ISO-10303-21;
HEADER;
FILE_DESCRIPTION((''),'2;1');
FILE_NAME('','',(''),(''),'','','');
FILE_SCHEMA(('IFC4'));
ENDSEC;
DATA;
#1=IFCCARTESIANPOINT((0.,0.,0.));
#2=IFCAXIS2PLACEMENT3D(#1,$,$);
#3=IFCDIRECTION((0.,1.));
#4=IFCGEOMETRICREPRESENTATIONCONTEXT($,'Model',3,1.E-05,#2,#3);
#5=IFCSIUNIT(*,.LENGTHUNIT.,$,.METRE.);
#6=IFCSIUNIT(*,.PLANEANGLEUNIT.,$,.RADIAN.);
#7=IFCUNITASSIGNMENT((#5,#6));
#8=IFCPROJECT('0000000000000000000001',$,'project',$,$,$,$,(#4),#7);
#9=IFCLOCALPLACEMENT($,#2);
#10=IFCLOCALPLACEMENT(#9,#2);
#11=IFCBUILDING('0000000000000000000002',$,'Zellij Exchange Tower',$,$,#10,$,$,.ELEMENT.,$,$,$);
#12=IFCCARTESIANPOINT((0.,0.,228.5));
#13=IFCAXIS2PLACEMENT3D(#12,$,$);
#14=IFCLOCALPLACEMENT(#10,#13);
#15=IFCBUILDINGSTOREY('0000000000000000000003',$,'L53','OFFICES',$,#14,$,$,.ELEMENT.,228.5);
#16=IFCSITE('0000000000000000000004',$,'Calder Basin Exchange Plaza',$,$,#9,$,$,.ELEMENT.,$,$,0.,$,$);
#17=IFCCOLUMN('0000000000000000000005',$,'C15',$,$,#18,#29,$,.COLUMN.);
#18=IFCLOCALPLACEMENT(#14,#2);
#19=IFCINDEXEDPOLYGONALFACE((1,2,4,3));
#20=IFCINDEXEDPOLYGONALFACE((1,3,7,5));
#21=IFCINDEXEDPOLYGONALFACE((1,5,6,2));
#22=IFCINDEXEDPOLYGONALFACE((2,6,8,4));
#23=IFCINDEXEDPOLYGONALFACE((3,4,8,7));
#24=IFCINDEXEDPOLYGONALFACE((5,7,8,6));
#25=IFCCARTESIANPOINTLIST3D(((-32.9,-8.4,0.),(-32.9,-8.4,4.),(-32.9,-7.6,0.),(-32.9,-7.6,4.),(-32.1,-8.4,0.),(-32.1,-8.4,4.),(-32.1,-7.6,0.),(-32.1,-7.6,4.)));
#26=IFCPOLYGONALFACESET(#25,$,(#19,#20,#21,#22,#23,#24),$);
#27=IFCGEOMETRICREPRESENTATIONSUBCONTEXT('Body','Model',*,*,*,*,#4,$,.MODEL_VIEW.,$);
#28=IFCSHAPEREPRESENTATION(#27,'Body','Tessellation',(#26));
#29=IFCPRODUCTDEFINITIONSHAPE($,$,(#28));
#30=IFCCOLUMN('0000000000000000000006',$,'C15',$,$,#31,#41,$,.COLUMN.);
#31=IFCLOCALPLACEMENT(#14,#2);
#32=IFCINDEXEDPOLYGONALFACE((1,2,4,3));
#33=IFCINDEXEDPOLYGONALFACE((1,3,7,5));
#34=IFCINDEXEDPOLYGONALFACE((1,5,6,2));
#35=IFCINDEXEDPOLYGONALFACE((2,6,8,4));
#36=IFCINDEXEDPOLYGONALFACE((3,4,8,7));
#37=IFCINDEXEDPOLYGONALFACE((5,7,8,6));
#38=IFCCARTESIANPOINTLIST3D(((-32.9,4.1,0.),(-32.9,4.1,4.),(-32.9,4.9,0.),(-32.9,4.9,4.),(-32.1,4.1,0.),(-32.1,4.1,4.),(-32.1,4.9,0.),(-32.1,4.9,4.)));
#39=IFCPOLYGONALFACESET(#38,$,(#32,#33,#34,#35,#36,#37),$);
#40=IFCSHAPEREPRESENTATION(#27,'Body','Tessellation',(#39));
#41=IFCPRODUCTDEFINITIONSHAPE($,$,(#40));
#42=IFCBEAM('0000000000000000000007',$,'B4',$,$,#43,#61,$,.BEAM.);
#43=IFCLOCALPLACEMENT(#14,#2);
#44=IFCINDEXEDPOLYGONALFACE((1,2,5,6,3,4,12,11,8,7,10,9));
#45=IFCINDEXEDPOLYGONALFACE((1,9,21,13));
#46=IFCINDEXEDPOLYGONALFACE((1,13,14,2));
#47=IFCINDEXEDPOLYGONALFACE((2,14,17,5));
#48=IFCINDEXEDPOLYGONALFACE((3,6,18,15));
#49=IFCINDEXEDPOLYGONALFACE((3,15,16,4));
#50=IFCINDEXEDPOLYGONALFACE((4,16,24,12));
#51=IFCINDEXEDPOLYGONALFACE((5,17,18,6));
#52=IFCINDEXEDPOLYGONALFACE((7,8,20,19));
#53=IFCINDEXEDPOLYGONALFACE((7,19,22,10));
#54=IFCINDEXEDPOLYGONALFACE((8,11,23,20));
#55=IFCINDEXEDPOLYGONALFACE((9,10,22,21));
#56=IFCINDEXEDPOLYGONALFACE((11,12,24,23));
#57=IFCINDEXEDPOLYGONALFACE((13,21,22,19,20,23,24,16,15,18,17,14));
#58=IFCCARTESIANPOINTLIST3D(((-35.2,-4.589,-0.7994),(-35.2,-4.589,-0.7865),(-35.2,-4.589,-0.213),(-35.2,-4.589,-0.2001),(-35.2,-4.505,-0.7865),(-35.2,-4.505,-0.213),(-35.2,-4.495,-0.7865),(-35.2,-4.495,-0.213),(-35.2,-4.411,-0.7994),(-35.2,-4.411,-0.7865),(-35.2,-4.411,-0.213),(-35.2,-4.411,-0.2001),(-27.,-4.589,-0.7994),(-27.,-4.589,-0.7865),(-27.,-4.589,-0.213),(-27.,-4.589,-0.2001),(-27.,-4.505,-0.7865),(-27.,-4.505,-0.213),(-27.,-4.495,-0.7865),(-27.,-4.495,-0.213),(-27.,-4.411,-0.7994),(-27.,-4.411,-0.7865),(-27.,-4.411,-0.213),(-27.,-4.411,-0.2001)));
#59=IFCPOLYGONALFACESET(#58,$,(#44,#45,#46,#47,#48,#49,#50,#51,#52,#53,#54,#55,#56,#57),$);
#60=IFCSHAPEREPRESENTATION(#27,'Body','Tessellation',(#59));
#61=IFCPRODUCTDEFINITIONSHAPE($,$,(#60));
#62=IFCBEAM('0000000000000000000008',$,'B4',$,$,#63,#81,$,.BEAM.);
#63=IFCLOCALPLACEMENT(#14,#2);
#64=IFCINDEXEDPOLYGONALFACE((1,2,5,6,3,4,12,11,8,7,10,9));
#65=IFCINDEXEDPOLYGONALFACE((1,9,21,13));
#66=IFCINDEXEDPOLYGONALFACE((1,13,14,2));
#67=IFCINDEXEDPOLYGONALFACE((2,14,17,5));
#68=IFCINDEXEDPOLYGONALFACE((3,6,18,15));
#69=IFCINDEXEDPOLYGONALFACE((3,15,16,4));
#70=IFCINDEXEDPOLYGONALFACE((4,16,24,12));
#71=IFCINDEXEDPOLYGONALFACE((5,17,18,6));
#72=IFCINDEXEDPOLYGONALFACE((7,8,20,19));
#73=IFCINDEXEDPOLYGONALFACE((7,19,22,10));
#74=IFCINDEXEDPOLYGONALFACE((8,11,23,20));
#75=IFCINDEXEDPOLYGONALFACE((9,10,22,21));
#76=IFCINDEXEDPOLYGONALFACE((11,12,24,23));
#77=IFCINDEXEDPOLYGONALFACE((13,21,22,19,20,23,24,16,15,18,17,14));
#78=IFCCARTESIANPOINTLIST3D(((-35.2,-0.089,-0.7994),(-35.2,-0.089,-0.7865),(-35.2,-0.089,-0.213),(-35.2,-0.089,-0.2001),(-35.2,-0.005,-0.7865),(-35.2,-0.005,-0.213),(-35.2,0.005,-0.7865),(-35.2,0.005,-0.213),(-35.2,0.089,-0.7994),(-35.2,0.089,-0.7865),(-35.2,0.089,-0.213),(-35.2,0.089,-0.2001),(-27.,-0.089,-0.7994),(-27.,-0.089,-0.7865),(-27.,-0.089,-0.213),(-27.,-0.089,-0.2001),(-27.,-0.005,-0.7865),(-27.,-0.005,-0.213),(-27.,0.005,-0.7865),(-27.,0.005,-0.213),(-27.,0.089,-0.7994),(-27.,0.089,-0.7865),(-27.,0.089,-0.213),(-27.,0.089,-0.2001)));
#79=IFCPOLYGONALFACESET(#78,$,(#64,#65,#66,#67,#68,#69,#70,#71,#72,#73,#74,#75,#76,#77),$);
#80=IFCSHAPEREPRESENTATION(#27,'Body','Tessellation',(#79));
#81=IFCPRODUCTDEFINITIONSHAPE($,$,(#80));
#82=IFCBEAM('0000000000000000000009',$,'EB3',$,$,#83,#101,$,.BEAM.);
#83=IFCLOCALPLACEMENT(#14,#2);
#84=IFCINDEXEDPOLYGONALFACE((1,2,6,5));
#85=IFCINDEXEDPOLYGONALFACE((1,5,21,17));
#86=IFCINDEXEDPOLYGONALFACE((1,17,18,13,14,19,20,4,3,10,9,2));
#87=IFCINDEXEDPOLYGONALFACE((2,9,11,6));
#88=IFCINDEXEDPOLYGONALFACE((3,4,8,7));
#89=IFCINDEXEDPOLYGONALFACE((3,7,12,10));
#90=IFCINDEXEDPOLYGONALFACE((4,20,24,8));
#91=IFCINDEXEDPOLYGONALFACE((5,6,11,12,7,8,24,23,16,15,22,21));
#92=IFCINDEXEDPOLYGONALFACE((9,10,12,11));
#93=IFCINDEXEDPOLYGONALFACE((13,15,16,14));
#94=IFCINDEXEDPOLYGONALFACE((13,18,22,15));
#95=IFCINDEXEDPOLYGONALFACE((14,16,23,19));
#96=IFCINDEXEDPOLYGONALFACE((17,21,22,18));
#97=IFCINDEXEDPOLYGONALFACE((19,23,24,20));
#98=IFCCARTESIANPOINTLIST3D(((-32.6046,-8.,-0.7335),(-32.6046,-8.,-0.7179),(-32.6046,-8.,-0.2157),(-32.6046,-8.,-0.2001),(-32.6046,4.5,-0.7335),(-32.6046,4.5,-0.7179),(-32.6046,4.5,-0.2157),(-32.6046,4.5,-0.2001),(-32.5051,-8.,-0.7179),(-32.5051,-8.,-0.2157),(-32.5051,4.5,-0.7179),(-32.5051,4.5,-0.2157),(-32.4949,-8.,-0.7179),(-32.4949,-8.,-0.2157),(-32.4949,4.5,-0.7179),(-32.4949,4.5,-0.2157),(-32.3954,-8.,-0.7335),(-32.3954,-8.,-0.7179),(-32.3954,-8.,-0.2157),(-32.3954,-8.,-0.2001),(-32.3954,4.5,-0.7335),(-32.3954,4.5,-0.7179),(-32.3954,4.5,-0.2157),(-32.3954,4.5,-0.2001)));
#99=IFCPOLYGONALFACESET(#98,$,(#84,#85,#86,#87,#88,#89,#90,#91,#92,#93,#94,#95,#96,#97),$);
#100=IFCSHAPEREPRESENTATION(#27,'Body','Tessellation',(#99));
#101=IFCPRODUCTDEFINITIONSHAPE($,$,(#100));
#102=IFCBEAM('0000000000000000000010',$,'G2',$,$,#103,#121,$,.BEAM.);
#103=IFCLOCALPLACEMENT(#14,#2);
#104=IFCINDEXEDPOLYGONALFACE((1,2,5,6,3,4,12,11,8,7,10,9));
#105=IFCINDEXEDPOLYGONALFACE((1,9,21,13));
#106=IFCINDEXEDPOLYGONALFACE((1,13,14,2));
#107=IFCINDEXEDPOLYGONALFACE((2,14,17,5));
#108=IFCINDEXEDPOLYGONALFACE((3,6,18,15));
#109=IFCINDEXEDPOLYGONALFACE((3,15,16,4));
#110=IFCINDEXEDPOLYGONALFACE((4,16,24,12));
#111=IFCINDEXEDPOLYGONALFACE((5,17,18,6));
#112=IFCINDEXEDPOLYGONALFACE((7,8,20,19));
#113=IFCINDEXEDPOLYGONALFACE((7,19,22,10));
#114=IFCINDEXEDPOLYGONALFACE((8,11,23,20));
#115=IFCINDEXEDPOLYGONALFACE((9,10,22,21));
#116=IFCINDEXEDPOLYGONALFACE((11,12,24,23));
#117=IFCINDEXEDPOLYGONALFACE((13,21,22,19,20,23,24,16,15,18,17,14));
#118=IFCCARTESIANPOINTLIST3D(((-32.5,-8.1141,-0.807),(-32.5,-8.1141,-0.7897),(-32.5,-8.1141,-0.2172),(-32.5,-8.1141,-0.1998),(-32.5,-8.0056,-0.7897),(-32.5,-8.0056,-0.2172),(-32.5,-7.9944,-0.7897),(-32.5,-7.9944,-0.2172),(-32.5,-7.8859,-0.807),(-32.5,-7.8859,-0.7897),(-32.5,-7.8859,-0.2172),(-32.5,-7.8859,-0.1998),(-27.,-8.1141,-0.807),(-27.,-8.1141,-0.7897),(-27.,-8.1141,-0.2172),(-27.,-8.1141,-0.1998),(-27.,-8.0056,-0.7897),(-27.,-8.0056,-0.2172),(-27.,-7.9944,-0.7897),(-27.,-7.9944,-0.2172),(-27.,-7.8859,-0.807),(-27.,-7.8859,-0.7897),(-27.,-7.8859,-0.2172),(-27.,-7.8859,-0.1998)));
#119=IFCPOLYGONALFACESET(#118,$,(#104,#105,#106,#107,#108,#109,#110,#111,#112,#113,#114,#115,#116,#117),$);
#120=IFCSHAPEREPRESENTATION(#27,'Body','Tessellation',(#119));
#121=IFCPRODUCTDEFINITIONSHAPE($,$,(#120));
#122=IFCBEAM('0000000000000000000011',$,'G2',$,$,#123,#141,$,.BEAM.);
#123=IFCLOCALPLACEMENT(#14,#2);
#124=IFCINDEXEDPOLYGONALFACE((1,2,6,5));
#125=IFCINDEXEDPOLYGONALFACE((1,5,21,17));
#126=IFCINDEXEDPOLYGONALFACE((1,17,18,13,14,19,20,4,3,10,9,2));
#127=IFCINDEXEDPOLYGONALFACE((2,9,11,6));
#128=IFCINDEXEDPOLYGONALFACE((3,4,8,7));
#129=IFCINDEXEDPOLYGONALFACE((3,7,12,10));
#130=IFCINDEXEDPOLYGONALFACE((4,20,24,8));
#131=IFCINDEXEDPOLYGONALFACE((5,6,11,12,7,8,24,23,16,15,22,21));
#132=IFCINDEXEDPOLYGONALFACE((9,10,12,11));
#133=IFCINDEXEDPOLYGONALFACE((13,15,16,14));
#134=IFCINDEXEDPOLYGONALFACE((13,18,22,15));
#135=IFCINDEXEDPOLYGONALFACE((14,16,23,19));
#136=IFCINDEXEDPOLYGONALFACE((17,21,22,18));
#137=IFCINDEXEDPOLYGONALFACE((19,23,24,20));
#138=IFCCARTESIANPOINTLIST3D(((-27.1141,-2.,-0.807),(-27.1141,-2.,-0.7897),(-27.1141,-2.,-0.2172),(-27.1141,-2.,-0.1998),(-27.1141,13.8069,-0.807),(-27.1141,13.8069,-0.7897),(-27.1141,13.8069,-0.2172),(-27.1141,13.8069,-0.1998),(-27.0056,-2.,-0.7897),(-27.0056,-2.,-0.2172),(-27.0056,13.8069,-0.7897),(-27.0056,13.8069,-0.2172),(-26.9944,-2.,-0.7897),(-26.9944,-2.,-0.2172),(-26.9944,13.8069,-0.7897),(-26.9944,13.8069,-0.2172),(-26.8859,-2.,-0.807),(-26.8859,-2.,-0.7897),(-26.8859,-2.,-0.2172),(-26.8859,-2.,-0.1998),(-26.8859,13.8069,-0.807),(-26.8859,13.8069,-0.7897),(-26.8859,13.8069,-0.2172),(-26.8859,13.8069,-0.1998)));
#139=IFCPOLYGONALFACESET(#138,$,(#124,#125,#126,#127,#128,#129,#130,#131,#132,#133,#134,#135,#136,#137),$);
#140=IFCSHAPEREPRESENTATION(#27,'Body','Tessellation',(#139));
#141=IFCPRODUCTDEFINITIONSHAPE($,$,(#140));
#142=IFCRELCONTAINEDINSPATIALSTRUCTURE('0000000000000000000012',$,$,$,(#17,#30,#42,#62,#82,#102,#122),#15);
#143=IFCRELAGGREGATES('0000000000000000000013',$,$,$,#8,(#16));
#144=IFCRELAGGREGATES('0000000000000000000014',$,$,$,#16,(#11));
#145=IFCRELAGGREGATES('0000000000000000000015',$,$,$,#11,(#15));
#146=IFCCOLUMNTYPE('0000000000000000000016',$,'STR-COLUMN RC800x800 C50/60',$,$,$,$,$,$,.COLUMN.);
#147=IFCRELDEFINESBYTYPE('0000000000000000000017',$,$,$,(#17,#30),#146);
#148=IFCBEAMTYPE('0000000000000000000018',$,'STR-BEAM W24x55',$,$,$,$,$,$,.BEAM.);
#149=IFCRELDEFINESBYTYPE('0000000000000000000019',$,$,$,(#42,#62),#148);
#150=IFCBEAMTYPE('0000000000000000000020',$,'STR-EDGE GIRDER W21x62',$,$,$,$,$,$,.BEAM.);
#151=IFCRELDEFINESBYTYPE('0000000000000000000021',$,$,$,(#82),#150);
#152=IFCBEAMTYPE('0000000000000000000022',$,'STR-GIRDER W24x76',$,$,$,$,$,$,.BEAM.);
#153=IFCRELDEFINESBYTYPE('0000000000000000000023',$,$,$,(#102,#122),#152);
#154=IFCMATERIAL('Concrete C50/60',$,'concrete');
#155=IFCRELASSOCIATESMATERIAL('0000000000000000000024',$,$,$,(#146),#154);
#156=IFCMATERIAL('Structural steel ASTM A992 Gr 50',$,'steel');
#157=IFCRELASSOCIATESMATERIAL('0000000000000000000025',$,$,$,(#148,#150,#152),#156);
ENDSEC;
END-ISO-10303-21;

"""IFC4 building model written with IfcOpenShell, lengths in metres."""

from ifc_helpers import new_model, si_unit, direction, frame, origin, origin_2d, place, context, subcontext, project, spatial, rectangle, i_section, extrude, material, material_profile, profile_set, type_object, element, save


model = new_model("IFC4")

# Units and contexts
model_context = context("Model", 3, precision=1e-05, world=origin(), true_north=direction((0.0, 1.0)))
body_context = subcontext(model_context, "Body", "Model", "MODEL_VIEW")
ifc_project = project(units=[si_unit("LENGTHUNIT", "METRE"), si_unit("PLANEANGLEUNIT", "RADIAN")], contexts=[model_context])

# Site, building, storey
site_placement = place(None, origin())
site = spatial("IfcSite", under=ifc_project, at=site_placement, Name="Calder Basin Exchange Plaza", CompositionType="ELEMENT", RefElevation=0.0)
building_placement = place(site_placement, origin())
building = spatial("IfcBuilding", under=site, at=building_placement, Name="Zellij Exchange Tower", CompositionType="ELEMENT")
storey_placement = place(building_placement, frame((0.0, 0.0, 228.5)))
storey = spatial("IfcBuildingStorey", under=building, at=storey_placement, Name="L53", Description="OFFICES", CompositionType="ELEMENT", Elevation=228.5)

# Columns
ifc_material_1 = material(Name="Concrete C50/60", Category="concrete")
ifc_material_profile_1 = material_profile(ifc_material_1, rectangle(XDim=0.8, YDim=0.8, at=origin_2d()), Name="STR-COLUMN RC800x800 C50/60")
ifc_profile_set_1 = profile_set([ifc_material_profile_1], Name="Concrete C50/60")
column_type = type_object("IfcColumnType", Name="STR-COLUMN RC800x800 C50/60", PredefinedType="COLUMN", material=ifc_profile_set_1)
for number, where, z_axis, x_axis, name in (
    (1, (-32.5, -8.0, 0.0), (0.0, 0.0, 1.0), (1.0, 0.0, 0.0), "C15"),
    (2, (-32.5, 4.5, 0.0), (0.0, 0.0, 1.0), (1.0, 0.0, 0.0), "C15"),
):
    element("IfcColumn", number, at=place(storey_placement, frame(where, z_axis=z_axis, x_axis=x_axis)), inside=storey, type_object=column_type, Name=name, PredefinedType="COLUMN", context=body_context, shape_type="SweptSolid", body=[
        extrude(rectangle(XDim=0.8, YDim=0.8, at=origin_2d()), origin(), (0.0, 0.0, 1.0), 4.0),
    ])

# Beams
ifc_material_2 = material(Name="Structural steel ASTM A992 Gr 50", Category="steel")
ifc_material_profile_2 = material_profile(ifc_material_2, i_section(OverallWidth=0.178, OverallDepth=0.5994, WebThickness=0.01, FlangeThickness=0.0129, at=origin_2d()), Name="W24x55")
ifc_profile_set_2 = profile_set([ifc_material_profile_2], Name="Structural steel ASTM A992 Gr 50")
beam_type_1 = type_object("IfcBeamType", Name="STR-BEAM W24x55", PredefinedType="BEAM", material=ifc_profile_set_2)
for number, where, z_axis, x_axis, name in (
    (3, (-35.2, -4.5, -0.4998), (1.0, 0.0, 0.0), (0.0, 1.0, 0.0), "B4"),
    (4, (-35.2, 0.0, -0.4998), (1.0, 0.0, 0.0), (0.0, 1.0, 0.0), "B4"),
):
    element("IfcBeam", number, at=place(storey_placement, frame(where, z_axis=z_axis, x_axis=x_axis)), inside=storey, type_object=beam_type_1, Name=name, PredefinedType="BEAM", context=body_context, shape_type="SweptSolid", body=[
        extrude(i_section(OverallWidth=0.178, OverallDepth=0.5994, WebThickness=0.01, FlangeThickness=0.0129, at=origin_2d()), origin(), (0.0, 0.0, 1.0), 8.2),
    ])
ifc_material_profile_3 = material_profile(ifc_material_2, i_section(OverallWidth=0.2092, OverallDepth=0.5334, WebThickness=0.0103, FlangeThickness=0.0156, at=origin_2d()), Name="W21x62")
ifc_profile_set_3 = profile_set([ifc_material_profile_3], Name="Structural steel ASTM A992 Gr 50")
beam_type_2 = type_object("IfcBeamType", Name="STR-EDGE GIRDER W21x62", PredefinedType="BEAM", material=ifc_profile_set_3)
beam_1_placement = place(storey_placement, frame((-32.5, -8.0, -0.4668), z_axis=(0.0, 1.0, 0.0), x_axis=(-1.0, 0.0, 0.0)))
element("IfcBeam", 5, at=beam_1_placement, inside=storey, type_object=beam_type_2, Name="EB3", PredefinedType="BEAM", context=body_context, shape_type="SweptSolid", body=[
    extrude(i_section(OverallWidth=0.2092, OverallDepth=0.5334, WebThickness=0.0103, FlangeThickness=0.0156, at=origin_2d()), origin(), (0.0, 0.0, 1.0), 12.5),
])
ifc_material_profile_4 = material_profile(ifc_material_2, i_section(OverallWidth=0.2283, OverallDepth=0.6072, WebThickness=0.0112, FlangeThickness=0.0173, at=origin_2d()), Name="W24x76")
ifc_profile_set_4 = profile_set([ifc_material_profile_4], Name="Structural steel ASTM A992 Gr 50")
beam_type_3 = type_object("IfcBeamType", Name="STR-GIRDER W24x76", PredefinedType="BEAM", material=ifc_profile_set_4)
beam_2_placement = place(storey_placement, frame((-32.5, -8.0, -0.5034), z_axis=(1.0, 0.0, 0.0), x_axis=(0.0, 1.0, 0.0)))
element("IfcBeam", 6, at=beam_2_placement, inside=storey, type_object=beam_type_3, Name="G2", PredefinedType="BEAM", context=body_context, shape_type="SweptSolid", body=[
    extrude(i_section(OverallWidth=0.2283, OverallDepth=0.6072, WebThickness=0.0112, FlangeThickness=0.0173, at=origin_2d()), origin(), (0.0, 0.0, 1.0), 5.5),
])
beam_3_placement = place(storey_placement, frame((-27.0, -2.0, -0.5034), z_axis=(0.0, 1.0, 0.0), x_axis=(-1.0, 0.0, 0.0)))
element("IfcBeam", 7, at=beam_3_placement, inside=storey, type_object=beam_type_3, Name="G2", PredefinedType="BEAM", context=body_context, shape_type="SweptSolid", body=[
    extrude(i_section(OverallWidth=0.2283, OverallDepth=0.6072, WebThickness=0.0112, FlangeThickness=0.0173, at=origin_2d()), origin(), (0.0, 0.0, 1.0), 15.8069),
])

save(model, "model.ifc")
